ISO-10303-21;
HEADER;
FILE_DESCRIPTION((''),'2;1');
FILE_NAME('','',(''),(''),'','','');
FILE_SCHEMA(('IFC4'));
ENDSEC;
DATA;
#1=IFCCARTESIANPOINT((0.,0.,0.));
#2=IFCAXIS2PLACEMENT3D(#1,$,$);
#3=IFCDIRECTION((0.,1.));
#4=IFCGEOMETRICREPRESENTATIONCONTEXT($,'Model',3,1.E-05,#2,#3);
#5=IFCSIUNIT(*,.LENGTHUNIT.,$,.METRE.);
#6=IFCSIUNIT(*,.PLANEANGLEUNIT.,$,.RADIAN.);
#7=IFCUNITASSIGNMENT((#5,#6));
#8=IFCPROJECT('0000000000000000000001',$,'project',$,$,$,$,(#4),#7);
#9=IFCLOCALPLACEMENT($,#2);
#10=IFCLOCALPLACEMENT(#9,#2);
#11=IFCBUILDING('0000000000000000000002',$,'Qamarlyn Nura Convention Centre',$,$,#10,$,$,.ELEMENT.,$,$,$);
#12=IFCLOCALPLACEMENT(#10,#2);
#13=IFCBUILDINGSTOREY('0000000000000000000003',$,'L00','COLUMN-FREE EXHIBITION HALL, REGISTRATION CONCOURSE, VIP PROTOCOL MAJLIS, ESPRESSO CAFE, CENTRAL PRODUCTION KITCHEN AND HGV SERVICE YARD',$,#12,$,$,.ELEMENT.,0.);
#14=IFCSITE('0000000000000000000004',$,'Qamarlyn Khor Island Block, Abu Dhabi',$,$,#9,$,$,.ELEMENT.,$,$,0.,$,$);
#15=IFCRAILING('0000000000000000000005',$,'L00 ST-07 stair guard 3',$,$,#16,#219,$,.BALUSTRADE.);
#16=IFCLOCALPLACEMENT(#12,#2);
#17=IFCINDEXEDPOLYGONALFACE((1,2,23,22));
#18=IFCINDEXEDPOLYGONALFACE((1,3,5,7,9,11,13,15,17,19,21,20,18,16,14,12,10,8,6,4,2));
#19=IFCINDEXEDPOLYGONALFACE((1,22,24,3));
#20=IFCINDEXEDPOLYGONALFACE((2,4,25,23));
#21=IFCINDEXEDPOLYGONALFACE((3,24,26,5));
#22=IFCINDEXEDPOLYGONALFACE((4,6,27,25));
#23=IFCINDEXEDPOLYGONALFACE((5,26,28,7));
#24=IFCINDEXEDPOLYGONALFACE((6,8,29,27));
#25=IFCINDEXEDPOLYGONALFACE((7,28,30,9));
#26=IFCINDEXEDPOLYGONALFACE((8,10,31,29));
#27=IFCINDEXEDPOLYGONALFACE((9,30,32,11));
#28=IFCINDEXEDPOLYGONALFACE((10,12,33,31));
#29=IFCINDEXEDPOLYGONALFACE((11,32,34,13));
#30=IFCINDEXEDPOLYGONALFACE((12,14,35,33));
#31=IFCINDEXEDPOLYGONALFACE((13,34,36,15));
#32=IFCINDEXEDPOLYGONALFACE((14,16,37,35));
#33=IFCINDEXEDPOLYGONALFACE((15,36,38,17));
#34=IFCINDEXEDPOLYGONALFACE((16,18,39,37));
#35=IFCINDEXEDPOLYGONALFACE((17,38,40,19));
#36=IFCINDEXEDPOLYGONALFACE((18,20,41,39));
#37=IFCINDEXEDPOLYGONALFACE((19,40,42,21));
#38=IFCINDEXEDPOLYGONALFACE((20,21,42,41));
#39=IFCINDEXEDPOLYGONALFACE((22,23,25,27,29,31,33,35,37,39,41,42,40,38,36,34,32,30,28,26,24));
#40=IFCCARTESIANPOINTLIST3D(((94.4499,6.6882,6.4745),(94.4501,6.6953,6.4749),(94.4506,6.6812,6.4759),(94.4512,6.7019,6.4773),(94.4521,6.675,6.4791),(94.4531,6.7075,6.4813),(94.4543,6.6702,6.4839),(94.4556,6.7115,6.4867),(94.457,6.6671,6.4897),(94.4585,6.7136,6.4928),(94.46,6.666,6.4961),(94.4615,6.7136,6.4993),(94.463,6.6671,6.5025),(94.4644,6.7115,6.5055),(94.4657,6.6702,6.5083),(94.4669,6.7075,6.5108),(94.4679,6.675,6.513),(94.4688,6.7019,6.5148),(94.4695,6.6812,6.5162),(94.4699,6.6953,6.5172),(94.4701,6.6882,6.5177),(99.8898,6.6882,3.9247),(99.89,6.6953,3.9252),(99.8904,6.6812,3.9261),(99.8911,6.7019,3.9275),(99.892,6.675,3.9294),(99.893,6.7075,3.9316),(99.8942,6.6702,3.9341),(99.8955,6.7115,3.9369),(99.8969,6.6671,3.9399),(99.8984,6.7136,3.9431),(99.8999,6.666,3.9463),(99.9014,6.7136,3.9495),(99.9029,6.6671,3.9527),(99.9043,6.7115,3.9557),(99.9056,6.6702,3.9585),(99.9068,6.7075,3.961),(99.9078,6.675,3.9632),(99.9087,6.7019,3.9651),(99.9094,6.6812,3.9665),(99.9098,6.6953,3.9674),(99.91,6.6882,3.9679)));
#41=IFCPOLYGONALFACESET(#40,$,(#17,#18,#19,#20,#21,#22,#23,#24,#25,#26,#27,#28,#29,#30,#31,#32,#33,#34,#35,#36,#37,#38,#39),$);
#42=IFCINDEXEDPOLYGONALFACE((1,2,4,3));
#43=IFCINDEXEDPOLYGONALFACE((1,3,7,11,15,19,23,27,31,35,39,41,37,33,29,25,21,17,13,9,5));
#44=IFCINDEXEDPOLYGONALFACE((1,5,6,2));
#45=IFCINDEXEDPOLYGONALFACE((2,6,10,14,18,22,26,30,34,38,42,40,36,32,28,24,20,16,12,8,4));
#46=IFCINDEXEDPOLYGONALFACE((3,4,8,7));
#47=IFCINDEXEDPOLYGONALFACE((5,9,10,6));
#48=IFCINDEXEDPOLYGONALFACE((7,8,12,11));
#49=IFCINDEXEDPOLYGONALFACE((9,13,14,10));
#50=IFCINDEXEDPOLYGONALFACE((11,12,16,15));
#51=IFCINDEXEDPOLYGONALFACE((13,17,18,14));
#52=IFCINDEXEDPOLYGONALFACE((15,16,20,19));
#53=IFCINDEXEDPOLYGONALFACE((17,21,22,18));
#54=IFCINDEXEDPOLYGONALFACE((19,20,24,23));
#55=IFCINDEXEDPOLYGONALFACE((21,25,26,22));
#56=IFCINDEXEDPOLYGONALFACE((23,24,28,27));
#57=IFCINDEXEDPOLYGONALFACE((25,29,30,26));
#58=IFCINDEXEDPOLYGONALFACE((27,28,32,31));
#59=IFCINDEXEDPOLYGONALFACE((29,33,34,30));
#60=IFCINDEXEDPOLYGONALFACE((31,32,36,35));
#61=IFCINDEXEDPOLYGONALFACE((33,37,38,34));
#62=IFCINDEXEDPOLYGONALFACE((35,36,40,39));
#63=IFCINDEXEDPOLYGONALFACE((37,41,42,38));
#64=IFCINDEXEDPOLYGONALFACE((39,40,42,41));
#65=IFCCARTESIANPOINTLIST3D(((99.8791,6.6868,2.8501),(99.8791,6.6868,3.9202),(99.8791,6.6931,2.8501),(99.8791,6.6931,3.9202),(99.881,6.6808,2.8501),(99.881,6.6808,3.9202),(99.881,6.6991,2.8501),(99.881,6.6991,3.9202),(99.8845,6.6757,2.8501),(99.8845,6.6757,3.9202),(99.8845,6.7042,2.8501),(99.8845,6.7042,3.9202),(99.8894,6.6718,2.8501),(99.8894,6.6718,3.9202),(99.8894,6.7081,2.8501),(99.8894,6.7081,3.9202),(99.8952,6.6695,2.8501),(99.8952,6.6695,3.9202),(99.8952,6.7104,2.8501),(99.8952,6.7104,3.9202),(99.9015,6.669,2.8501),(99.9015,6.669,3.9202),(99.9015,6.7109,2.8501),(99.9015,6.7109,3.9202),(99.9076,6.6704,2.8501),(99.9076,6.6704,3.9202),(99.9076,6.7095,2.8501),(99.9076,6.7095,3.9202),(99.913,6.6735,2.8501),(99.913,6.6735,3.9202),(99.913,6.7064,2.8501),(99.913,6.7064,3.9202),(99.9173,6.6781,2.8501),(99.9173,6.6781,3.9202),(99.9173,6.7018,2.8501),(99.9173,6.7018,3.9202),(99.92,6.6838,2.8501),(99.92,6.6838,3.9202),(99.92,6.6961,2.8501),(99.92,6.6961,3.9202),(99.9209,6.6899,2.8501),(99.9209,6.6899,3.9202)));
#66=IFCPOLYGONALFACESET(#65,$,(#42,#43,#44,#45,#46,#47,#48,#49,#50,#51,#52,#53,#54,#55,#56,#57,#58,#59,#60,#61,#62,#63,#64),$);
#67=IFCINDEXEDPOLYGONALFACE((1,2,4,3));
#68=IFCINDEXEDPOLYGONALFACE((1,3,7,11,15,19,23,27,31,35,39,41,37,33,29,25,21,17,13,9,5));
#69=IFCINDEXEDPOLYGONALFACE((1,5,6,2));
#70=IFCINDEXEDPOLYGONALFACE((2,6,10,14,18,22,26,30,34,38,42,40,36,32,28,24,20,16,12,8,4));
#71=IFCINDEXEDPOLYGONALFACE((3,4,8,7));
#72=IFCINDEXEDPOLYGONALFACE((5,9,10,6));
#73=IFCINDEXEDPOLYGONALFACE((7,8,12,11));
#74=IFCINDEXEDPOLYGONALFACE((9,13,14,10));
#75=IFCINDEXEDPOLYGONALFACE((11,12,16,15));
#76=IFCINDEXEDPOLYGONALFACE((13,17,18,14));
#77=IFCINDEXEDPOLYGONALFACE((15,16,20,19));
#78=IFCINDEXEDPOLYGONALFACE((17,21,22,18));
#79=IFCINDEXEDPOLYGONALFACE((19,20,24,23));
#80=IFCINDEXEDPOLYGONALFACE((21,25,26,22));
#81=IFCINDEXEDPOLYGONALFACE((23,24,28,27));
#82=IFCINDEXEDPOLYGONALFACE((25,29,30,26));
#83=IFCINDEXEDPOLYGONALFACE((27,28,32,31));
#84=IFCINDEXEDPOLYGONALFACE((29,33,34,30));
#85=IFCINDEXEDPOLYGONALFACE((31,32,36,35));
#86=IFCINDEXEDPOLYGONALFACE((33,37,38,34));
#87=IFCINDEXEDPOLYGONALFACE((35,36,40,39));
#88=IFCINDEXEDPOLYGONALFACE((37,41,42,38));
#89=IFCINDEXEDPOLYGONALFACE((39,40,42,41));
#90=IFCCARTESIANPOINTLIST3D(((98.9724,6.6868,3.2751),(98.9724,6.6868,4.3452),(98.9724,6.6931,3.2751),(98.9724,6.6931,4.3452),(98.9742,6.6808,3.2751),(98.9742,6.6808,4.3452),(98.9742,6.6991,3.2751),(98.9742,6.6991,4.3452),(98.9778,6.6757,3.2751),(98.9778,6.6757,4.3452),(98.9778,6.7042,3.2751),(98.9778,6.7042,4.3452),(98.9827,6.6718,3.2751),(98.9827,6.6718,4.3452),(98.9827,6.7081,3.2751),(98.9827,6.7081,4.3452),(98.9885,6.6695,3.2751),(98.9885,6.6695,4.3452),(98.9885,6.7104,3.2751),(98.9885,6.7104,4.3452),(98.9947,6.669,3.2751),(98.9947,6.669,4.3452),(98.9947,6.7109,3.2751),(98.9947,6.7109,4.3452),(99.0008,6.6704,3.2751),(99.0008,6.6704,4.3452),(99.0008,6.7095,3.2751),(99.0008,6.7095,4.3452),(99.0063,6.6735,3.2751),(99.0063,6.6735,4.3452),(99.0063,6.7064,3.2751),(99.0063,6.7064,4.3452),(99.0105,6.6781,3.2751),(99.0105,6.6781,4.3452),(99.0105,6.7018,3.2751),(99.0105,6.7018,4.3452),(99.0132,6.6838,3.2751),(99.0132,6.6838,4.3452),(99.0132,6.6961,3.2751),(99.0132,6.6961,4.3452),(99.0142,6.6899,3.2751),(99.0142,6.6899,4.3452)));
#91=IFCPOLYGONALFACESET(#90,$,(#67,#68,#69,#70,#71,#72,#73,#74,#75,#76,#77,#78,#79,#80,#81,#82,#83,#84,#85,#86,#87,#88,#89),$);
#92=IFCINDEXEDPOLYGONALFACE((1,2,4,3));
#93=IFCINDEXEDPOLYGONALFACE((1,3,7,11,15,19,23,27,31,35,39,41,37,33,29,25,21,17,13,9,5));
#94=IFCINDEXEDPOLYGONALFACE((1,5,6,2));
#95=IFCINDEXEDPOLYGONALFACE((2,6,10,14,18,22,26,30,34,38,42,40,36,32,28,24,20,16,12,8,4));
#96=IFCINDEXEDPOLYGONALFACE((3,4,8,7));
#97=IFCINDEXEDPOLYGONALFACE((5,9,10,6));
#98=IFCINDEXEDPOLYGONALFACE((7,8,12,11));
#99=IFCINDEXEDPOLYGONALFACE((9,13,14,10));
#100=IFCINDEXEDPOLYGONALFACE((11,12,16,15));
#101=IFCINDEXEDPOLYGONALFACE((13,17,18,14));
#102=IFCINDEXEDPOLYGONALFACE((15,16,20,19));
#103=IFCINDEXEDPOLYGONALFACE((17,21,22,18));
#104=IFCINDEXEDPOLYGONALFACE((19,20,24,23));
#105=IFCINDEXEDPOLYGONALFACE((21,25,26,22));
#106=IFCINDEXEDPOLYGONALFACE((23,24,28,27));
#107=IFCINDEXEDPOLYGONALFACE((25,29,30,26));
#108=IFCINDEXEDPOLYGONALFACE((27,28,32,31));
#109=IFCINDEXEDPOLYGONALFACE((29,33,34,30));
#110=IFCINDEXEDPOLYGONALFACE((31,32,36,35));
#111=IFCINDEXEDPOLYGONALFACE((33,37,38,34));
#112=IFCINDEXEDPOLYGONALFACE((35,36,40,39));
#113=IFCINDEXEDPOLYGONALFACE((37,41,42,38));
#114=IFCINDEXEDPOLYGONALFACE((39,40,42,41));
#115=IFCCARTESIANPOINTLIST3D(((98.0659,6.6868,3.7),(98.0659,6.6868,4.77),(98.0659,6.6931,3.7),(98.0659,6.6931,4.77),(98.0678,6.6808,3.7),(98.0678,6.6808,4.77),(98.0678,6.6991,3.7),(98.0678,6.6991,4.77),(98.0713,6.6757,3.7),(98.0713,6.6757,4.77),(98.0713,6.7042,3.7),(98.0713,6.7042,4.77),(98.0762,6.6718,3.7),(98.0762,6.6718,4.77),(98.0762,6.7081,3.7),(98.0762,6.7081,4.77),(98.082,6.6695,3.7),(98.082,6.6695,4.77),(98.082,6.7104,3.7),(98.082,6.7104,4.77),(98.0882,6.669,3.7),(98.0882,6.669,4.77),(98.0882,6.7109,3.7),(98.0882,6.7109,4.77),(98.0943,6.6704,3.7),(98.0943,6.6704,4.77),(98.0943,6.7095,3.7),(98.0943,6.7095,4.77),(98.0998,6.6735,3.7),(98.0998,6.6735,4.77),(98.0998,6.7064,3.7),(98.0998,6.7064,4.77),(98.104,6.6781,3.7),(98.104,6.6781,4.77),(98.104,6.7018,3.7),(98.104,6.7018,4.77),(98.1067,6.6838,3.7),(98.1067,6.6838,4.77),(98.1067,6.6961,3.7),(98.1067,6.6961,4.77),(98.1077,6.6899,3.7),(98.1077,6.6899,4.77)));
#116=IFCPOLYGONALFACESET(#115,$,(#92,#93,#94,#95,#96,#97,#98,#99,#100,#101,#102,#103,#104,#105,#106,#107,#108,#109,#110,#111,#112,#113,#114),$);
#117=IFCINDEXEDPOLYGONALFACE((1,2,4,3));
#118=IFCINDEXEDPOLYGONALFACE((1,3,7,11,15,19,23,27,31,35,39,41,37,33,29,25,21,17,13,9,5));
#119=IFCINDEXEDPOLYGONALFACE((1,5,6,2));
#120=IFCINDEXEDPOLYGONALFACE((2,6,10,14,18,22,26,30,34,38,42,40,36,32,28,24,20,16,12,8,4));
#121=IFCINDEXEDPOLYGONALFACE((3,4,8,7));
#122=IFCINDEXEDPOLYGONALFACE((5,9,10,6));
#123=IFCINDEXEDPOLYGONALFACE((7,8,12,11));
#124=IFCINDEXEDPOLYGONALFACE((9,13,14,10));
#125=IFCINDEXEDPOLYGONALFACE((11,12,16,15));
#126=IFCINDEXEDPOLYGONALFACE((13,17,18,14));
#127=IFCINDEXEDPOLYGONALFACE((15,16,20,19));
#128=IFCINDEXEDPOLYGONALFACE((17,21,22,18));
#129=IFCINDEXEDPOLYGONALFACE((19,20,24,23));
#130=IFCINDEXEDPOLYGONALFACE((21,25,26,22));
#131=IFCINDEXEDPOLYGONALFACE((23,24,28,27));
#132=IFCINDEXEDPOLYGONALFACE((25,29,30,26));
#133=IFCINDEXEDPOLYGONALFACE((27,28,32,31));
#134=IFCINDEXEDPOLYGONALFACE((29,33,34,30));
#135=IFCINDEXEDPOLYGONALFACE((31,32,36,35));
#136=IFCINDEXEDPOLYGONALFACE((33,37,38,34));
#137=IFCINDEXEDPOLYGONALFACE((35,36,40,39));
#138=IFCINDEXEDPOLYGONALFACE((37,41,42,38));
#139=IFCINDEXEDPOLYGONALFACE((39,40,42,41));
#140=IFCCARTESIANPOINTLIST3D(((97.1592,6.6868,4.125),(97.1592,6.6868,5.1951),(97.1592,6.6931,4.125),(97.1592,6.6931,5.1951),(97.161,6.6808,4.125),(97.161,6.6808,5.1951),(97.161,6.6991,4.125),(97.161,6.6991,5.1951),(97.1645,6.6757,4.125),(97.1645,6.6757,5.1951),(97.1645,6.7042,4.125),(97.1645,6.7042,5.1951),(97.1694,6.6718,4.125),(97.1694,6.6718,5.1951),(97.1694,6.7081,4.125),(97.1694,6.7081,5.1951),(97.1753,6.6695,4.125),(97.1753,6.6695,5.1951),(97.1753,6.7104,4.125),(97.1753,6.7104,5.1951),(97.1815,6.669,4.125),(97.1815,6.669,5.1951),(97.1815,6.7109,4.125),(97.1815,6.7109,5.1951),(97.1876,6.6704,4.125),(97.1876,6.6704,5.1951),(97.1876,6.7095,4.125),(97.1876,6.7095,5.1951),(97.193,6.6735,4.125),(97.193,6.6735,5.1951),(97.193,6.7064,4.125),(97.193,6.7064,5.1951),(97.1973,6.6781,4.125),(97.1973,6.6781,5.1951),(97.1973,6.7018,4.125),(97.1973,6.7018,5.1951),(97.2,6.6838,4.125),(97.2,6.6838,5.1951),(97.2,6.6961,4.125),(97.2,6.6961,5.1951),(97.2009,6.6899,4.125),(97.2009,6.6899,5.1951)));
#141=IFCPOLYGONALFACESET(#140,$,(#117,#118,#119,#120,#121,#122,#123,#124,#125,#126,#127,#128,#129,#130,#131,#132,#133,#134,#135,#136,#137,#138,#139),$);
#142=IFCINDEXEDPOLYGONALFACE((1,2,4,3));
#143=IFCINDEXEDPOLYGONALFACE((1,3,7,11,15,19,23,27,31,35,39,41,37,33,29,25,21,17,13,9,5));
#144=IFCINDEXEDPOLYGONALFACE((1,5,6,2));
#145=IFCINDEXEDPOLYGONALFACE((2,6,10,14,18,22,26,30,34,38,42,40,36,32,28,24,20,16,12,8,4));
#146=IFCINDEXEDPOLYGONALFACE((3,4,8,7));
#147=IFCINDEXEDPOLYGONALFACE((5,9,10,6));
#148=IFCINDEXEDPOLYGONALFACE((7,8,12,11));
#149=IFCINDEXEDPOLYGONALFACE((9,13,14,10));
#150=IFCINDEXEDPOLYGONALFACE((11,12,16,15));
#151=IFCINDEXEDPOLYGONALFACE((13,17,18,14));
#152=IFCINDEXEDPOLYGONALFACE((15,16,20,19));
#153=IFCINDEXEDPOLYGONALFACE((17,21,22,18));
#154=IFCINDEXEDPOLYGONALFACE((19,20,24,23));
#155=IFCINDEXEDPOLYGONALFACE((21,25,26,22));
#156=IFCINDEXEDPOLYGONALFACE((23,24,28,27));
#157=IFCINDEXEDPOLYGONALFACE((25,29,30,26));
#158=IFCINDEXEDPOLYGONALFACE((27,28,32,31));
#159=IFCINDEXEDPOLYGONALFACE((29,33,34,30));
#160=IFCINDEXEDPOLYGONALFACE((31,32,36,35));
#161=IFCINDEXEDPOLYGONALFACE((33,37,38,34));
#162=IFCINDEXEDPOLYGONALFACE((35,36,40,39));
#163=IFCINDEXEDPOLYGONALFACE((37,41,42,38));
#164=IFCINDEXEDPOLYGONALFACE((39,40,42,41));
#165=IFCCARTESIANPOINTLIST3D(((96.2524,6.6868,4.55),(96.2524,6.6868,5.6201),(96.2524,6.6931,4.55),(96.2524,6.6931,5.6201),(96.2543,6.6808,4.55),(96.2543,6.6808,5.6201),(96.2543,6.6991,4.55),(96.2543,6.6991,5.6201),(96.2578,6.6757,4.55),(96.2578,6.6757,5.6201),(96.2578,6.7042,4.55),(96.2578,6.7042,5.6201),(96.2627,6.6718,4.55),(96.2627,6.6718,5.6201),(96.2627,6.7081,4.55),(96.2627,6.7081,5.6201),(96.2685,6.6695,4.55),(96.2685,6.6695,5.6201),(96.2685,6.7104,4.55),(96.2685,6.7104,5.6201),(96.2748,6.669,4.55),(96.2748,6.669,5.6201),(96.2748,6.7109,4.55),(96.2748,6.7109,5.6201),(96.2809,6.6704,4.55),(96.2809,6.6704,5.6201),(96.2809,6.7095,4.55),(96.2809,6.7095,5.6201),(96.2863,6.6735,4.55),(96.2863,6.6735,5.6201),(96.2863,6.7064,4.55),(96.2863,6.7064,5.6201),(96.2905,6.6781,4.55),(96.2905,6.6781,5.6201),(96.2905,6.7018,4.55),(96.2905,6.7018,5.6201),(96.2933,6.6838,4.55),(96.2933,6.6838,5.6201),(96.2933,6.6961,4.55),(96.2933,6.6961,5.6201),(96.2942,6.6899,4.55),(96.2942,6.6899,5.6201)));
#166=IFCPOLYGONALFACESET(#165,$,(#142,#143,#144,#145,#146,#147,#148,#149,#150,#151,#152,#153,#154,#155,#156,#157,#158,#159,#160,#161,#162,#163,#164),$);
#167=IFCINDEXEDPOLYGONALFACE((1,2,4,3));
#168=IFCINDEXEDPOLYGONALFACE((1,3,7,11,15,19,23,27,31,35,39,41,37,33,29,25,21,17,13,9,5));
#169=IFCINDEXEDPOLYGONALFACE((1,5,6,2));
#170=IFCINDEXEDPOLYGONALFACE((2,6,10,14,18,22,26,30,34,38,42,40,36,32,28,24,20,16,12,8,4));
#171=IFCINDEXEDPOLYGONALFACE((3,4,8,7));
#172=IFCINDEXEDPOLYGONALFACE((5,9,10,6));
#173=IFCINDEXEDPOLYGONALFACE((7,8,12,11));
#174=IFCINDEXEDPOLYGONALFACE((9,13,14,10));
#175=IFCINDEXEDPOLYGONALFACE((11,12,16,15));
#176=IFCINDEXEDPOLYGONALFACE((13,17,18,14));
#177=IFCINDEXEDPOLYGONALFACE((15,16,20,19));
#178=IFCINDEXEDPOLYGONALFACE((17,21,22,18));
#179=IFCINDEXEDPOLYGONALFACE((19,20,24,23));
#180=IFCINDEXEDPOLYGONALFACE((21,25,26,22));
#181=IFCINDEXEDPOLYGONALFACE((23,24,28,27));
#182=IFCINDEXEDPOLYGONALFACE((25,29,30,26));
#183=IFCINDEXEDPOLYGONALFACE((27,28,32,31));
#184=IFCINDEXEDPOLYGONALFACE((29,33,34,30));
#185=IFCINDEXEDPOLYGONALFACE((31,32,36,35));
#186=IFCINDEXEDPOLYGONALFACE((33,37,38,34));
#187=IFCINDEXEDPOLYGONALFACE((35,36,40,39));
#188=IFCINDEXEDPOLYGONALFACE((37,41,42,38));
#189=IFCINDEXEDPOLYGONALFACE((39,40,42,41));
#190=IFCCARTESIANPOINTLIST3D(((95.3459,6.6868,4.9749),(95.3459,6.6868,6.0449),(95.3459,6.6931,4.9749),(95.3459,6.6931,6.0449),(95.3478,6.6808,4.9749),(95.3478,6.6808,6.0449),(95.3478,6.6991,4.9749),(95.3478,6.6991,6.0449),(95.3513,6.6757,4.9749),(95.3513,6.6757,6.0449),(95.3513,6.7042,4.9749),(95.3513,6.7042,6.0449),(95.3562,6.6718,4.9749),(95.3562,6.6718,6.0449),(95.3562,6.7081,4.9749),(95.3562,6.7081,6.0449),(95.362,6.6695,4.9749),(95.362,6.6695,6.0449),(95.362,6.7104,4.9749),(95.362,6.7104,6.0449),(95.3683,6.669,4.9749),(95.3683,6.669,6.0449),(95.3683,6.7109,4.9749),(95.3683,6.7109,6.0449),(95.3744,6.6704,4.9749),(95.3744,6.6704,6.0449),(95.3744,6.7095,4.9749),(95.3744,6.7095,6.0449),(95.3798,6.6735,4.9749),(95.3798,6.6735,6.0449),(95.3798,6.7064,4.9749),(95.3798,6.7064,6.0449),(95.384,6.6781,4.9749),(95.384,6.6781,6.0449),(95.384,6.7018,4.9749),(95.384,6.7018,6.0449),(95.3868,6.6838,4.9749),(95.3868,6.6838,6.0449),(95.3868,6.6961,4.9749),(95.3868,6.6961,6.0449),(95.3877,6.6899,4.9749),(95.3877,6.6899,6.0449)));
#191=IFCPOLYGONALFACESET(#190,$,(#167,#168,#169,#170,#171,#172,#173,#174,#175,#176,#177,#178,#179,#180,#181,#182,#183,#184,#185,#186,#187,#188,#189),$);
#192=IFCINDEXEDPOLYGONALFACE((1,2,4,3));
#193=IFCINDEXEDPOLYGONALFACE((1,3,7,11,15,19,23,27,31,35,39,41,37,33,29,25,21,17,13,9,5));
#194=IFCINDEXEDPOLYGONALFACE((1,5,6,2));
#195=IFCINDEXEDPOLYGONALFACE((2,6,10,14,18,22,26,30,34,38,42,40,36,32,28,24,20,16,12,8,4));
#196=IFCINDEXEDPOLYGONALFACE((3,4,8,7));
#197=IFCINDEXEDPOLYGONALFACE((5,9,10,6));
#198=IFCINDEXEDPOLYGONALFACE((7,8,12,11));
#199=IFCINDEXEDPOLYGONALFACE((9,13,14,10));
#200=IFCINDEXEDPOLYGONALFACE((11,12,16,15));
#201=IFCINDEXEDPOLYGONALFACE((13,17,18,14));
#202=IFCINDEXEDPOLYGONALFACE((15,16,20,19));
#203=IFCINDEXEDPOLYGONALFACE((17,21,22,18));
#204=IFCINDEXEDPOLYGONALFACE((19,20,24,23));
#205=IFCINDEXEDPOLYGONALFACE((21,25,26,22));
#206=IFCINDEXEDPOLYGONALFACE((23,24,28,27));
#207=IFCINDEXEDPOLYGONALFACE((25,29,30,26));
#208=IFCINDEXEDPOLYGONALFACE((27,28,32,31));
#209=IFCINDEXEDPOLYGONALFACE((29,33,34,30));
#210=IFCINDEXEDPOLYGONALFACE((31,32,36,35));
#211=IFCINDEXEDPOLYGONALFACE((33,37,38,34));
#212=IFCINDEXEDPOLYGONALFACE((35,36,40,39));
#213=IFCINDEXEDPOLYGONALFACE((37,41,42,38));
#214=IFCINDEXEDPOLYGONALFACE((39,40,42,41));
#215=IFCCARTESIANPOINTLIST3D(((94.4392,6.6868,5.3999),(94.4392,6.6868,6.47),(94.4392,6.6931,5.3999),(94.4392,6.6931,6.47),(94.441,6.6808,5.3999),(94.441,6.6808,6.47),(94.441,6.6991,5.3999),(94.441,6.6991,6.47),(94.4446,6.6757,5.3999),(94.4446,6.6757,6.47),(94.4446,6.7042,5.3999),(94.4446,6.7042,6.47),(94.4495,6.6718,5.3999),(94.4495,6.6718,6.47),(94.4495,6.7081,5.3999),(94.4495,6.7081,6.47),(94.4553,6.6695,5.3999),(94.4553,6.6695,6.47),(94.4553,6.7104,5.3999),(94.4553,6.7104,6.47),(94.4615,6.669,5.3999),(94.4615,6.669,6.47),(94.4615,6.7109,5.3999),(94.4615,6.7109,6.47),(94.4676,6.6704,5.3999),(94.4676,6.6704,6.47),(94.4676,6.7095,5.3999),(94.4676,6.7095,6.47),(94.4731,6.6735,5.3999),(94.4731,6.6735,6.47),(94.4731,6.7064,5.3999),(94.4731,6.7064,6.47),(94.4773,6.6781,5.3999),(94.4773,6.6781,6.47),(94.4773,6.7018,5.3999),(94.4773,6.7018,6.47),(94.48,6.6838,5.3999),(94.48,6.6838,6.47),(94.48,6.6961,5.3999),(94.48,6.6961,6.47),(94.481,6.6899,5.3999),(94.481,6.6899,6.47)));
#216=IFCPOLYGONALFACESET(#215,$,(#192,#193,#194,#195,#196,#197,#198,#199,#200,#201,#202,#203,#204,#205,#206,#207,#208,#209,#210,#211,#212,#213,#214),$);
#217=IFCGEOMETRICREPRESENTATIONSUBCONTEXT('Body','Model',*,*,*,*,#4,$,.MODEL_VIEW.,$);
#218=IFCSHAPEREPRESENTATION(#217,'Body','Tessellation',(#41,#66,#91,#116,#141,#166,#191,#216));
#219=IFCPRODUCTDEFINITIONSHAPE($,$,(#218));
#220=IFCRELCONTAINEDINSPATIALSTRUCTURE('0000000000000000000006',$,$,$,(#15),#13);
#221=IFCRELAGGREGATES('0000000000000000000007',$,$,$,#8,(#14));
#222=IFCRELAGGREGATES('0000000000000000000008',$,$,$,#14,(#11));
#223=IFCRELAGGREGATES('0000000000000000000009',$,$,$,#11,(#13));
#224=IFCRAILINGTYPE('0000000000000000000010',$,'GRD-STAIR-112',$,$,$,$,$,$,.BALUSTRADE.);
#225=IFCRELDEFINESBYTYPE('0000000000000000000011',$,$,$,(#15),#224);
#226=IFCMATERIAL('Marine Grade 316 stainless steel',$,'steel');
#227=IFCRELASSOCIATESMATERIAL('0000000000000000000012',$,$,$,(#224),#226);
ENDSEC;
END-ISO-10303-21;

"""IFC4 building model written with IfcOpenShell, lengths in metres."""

from ifc_helpers import new_model, si_unit, direction, frame, origin, origin_2d, place, context, subcontext, project, spatial, circle, extrude, material, type_object, element, save


model = new_model("IFC4")

# Units and contexts
model_context = context("Model", 3, precision=1e-05, world=origin(), true_north=direction((0.0, 1.0)))
body_context = subcontext(model_context, "Body", "Model", "MODEL_VIEW")
ifc_project = project(units=[si_unit("LENGTHUNIT", "METRE"), si_unit("PLANEANGLEUNIT", "RADIAN")], contexts=[model_context])

# Site, building, storey
site_placement = place(None, origin())
site = spatial("IfcSite", under=ifc_project, at=site_placement, Name="Qamarlyn Khor Island Block, Abu Dhabi", CompositionType="ELEMENT", RefElevation=0.0)
building_placement = place(site_placement, origin())
building = spatial("IfcBuilding", under=site, at=building_placement, Name="Qamarlyn Nura Convention Centre", CompositionType="ELEMENT")
storey_placement = place(building_placement, origin())
storey = spatial("IfcBuildingStorey", under=building, at=storey_placement, Name="L00", Description="COLUMN-FREE EXHIBITION HALL, REGISTRATION CONCOURSE, VIP PROTOCOL MAJLIS, ESPRESSO CAFE, CENTRAL PRODUCTION KITCHEN AND HGV SERVICE YARD", CompositionType="ELEMENT", Elevation=0.0)

# Railing
ifc_material_1 = material(Name="Marine Grade 316 stainless steel", Category="steel")
railing_type_1 = type_object("IfcRailingType", Name="GRD-STAIR-112", PredefinedType="BALUSTRADE", material=ifc_material_1)
railing_1_placement = place(storey_placement, frame((99.8999, 6.6899, 2.8501)))
element("IfcRailing", 1, at=railing_1_placement, inside=storey, type_object=railing_type_1, Name="L00 ST-07 stair guard 3", PredefinedType="BALUSTRADE", context=body_context, shape_type="SweptSolid", body=[
    extrude(circle(Radius=0.0239, at=origin_2d()), frame((0.0, 0.0, 1.0962), z_axis=(-0.90547, 0.0, 0.424411), x_axis=(0.0, -1.0, 0.0)), (0.0, 0.0, 1.0), 6.0078),
    extrude(circle(Radius=0.021, at=origin_2d()), origin(), (0.0, 0.0, 1.0), 1.0701),
    extrude(circle(Radius=0.021, at=origin_2d()), frame((-0.9067, 0.0, 0.425)), (0.0, 0.0, 1.0), 1.0701),
    extrude(circle(Radius=0.021, at=origin_2d()), frame((-1.8132, 0.0, 0.8499)), (0.0, 0.0, 1.0), 1.0701),
    extrude(circle(Radius=0.021, at=origin_2d()), frame((-2.72, 0.0, 1.2749)), (0.0, 0.0, 1.0), 1.0701),
    extrude(circle(Radius=0.021, at=origin_2d()), frame((-3.6267, 0.0, 1.7)), (0.0, 0.0, 1.0), 1.0701),
    extrude(circle(Radius=0.021, at=origin_2d()), frame((-4.5332, 0.0, 2.1248)), (0.0, 0.0, 1.0), 1.0701),
    extrude(circle(Radius=0.021, at=origin_2d()), frame((-5.4399, 0.0, 2.5498)), (0.0, 0.0, 1.0), 1.0701),
])

save(model, "model.ifc")
